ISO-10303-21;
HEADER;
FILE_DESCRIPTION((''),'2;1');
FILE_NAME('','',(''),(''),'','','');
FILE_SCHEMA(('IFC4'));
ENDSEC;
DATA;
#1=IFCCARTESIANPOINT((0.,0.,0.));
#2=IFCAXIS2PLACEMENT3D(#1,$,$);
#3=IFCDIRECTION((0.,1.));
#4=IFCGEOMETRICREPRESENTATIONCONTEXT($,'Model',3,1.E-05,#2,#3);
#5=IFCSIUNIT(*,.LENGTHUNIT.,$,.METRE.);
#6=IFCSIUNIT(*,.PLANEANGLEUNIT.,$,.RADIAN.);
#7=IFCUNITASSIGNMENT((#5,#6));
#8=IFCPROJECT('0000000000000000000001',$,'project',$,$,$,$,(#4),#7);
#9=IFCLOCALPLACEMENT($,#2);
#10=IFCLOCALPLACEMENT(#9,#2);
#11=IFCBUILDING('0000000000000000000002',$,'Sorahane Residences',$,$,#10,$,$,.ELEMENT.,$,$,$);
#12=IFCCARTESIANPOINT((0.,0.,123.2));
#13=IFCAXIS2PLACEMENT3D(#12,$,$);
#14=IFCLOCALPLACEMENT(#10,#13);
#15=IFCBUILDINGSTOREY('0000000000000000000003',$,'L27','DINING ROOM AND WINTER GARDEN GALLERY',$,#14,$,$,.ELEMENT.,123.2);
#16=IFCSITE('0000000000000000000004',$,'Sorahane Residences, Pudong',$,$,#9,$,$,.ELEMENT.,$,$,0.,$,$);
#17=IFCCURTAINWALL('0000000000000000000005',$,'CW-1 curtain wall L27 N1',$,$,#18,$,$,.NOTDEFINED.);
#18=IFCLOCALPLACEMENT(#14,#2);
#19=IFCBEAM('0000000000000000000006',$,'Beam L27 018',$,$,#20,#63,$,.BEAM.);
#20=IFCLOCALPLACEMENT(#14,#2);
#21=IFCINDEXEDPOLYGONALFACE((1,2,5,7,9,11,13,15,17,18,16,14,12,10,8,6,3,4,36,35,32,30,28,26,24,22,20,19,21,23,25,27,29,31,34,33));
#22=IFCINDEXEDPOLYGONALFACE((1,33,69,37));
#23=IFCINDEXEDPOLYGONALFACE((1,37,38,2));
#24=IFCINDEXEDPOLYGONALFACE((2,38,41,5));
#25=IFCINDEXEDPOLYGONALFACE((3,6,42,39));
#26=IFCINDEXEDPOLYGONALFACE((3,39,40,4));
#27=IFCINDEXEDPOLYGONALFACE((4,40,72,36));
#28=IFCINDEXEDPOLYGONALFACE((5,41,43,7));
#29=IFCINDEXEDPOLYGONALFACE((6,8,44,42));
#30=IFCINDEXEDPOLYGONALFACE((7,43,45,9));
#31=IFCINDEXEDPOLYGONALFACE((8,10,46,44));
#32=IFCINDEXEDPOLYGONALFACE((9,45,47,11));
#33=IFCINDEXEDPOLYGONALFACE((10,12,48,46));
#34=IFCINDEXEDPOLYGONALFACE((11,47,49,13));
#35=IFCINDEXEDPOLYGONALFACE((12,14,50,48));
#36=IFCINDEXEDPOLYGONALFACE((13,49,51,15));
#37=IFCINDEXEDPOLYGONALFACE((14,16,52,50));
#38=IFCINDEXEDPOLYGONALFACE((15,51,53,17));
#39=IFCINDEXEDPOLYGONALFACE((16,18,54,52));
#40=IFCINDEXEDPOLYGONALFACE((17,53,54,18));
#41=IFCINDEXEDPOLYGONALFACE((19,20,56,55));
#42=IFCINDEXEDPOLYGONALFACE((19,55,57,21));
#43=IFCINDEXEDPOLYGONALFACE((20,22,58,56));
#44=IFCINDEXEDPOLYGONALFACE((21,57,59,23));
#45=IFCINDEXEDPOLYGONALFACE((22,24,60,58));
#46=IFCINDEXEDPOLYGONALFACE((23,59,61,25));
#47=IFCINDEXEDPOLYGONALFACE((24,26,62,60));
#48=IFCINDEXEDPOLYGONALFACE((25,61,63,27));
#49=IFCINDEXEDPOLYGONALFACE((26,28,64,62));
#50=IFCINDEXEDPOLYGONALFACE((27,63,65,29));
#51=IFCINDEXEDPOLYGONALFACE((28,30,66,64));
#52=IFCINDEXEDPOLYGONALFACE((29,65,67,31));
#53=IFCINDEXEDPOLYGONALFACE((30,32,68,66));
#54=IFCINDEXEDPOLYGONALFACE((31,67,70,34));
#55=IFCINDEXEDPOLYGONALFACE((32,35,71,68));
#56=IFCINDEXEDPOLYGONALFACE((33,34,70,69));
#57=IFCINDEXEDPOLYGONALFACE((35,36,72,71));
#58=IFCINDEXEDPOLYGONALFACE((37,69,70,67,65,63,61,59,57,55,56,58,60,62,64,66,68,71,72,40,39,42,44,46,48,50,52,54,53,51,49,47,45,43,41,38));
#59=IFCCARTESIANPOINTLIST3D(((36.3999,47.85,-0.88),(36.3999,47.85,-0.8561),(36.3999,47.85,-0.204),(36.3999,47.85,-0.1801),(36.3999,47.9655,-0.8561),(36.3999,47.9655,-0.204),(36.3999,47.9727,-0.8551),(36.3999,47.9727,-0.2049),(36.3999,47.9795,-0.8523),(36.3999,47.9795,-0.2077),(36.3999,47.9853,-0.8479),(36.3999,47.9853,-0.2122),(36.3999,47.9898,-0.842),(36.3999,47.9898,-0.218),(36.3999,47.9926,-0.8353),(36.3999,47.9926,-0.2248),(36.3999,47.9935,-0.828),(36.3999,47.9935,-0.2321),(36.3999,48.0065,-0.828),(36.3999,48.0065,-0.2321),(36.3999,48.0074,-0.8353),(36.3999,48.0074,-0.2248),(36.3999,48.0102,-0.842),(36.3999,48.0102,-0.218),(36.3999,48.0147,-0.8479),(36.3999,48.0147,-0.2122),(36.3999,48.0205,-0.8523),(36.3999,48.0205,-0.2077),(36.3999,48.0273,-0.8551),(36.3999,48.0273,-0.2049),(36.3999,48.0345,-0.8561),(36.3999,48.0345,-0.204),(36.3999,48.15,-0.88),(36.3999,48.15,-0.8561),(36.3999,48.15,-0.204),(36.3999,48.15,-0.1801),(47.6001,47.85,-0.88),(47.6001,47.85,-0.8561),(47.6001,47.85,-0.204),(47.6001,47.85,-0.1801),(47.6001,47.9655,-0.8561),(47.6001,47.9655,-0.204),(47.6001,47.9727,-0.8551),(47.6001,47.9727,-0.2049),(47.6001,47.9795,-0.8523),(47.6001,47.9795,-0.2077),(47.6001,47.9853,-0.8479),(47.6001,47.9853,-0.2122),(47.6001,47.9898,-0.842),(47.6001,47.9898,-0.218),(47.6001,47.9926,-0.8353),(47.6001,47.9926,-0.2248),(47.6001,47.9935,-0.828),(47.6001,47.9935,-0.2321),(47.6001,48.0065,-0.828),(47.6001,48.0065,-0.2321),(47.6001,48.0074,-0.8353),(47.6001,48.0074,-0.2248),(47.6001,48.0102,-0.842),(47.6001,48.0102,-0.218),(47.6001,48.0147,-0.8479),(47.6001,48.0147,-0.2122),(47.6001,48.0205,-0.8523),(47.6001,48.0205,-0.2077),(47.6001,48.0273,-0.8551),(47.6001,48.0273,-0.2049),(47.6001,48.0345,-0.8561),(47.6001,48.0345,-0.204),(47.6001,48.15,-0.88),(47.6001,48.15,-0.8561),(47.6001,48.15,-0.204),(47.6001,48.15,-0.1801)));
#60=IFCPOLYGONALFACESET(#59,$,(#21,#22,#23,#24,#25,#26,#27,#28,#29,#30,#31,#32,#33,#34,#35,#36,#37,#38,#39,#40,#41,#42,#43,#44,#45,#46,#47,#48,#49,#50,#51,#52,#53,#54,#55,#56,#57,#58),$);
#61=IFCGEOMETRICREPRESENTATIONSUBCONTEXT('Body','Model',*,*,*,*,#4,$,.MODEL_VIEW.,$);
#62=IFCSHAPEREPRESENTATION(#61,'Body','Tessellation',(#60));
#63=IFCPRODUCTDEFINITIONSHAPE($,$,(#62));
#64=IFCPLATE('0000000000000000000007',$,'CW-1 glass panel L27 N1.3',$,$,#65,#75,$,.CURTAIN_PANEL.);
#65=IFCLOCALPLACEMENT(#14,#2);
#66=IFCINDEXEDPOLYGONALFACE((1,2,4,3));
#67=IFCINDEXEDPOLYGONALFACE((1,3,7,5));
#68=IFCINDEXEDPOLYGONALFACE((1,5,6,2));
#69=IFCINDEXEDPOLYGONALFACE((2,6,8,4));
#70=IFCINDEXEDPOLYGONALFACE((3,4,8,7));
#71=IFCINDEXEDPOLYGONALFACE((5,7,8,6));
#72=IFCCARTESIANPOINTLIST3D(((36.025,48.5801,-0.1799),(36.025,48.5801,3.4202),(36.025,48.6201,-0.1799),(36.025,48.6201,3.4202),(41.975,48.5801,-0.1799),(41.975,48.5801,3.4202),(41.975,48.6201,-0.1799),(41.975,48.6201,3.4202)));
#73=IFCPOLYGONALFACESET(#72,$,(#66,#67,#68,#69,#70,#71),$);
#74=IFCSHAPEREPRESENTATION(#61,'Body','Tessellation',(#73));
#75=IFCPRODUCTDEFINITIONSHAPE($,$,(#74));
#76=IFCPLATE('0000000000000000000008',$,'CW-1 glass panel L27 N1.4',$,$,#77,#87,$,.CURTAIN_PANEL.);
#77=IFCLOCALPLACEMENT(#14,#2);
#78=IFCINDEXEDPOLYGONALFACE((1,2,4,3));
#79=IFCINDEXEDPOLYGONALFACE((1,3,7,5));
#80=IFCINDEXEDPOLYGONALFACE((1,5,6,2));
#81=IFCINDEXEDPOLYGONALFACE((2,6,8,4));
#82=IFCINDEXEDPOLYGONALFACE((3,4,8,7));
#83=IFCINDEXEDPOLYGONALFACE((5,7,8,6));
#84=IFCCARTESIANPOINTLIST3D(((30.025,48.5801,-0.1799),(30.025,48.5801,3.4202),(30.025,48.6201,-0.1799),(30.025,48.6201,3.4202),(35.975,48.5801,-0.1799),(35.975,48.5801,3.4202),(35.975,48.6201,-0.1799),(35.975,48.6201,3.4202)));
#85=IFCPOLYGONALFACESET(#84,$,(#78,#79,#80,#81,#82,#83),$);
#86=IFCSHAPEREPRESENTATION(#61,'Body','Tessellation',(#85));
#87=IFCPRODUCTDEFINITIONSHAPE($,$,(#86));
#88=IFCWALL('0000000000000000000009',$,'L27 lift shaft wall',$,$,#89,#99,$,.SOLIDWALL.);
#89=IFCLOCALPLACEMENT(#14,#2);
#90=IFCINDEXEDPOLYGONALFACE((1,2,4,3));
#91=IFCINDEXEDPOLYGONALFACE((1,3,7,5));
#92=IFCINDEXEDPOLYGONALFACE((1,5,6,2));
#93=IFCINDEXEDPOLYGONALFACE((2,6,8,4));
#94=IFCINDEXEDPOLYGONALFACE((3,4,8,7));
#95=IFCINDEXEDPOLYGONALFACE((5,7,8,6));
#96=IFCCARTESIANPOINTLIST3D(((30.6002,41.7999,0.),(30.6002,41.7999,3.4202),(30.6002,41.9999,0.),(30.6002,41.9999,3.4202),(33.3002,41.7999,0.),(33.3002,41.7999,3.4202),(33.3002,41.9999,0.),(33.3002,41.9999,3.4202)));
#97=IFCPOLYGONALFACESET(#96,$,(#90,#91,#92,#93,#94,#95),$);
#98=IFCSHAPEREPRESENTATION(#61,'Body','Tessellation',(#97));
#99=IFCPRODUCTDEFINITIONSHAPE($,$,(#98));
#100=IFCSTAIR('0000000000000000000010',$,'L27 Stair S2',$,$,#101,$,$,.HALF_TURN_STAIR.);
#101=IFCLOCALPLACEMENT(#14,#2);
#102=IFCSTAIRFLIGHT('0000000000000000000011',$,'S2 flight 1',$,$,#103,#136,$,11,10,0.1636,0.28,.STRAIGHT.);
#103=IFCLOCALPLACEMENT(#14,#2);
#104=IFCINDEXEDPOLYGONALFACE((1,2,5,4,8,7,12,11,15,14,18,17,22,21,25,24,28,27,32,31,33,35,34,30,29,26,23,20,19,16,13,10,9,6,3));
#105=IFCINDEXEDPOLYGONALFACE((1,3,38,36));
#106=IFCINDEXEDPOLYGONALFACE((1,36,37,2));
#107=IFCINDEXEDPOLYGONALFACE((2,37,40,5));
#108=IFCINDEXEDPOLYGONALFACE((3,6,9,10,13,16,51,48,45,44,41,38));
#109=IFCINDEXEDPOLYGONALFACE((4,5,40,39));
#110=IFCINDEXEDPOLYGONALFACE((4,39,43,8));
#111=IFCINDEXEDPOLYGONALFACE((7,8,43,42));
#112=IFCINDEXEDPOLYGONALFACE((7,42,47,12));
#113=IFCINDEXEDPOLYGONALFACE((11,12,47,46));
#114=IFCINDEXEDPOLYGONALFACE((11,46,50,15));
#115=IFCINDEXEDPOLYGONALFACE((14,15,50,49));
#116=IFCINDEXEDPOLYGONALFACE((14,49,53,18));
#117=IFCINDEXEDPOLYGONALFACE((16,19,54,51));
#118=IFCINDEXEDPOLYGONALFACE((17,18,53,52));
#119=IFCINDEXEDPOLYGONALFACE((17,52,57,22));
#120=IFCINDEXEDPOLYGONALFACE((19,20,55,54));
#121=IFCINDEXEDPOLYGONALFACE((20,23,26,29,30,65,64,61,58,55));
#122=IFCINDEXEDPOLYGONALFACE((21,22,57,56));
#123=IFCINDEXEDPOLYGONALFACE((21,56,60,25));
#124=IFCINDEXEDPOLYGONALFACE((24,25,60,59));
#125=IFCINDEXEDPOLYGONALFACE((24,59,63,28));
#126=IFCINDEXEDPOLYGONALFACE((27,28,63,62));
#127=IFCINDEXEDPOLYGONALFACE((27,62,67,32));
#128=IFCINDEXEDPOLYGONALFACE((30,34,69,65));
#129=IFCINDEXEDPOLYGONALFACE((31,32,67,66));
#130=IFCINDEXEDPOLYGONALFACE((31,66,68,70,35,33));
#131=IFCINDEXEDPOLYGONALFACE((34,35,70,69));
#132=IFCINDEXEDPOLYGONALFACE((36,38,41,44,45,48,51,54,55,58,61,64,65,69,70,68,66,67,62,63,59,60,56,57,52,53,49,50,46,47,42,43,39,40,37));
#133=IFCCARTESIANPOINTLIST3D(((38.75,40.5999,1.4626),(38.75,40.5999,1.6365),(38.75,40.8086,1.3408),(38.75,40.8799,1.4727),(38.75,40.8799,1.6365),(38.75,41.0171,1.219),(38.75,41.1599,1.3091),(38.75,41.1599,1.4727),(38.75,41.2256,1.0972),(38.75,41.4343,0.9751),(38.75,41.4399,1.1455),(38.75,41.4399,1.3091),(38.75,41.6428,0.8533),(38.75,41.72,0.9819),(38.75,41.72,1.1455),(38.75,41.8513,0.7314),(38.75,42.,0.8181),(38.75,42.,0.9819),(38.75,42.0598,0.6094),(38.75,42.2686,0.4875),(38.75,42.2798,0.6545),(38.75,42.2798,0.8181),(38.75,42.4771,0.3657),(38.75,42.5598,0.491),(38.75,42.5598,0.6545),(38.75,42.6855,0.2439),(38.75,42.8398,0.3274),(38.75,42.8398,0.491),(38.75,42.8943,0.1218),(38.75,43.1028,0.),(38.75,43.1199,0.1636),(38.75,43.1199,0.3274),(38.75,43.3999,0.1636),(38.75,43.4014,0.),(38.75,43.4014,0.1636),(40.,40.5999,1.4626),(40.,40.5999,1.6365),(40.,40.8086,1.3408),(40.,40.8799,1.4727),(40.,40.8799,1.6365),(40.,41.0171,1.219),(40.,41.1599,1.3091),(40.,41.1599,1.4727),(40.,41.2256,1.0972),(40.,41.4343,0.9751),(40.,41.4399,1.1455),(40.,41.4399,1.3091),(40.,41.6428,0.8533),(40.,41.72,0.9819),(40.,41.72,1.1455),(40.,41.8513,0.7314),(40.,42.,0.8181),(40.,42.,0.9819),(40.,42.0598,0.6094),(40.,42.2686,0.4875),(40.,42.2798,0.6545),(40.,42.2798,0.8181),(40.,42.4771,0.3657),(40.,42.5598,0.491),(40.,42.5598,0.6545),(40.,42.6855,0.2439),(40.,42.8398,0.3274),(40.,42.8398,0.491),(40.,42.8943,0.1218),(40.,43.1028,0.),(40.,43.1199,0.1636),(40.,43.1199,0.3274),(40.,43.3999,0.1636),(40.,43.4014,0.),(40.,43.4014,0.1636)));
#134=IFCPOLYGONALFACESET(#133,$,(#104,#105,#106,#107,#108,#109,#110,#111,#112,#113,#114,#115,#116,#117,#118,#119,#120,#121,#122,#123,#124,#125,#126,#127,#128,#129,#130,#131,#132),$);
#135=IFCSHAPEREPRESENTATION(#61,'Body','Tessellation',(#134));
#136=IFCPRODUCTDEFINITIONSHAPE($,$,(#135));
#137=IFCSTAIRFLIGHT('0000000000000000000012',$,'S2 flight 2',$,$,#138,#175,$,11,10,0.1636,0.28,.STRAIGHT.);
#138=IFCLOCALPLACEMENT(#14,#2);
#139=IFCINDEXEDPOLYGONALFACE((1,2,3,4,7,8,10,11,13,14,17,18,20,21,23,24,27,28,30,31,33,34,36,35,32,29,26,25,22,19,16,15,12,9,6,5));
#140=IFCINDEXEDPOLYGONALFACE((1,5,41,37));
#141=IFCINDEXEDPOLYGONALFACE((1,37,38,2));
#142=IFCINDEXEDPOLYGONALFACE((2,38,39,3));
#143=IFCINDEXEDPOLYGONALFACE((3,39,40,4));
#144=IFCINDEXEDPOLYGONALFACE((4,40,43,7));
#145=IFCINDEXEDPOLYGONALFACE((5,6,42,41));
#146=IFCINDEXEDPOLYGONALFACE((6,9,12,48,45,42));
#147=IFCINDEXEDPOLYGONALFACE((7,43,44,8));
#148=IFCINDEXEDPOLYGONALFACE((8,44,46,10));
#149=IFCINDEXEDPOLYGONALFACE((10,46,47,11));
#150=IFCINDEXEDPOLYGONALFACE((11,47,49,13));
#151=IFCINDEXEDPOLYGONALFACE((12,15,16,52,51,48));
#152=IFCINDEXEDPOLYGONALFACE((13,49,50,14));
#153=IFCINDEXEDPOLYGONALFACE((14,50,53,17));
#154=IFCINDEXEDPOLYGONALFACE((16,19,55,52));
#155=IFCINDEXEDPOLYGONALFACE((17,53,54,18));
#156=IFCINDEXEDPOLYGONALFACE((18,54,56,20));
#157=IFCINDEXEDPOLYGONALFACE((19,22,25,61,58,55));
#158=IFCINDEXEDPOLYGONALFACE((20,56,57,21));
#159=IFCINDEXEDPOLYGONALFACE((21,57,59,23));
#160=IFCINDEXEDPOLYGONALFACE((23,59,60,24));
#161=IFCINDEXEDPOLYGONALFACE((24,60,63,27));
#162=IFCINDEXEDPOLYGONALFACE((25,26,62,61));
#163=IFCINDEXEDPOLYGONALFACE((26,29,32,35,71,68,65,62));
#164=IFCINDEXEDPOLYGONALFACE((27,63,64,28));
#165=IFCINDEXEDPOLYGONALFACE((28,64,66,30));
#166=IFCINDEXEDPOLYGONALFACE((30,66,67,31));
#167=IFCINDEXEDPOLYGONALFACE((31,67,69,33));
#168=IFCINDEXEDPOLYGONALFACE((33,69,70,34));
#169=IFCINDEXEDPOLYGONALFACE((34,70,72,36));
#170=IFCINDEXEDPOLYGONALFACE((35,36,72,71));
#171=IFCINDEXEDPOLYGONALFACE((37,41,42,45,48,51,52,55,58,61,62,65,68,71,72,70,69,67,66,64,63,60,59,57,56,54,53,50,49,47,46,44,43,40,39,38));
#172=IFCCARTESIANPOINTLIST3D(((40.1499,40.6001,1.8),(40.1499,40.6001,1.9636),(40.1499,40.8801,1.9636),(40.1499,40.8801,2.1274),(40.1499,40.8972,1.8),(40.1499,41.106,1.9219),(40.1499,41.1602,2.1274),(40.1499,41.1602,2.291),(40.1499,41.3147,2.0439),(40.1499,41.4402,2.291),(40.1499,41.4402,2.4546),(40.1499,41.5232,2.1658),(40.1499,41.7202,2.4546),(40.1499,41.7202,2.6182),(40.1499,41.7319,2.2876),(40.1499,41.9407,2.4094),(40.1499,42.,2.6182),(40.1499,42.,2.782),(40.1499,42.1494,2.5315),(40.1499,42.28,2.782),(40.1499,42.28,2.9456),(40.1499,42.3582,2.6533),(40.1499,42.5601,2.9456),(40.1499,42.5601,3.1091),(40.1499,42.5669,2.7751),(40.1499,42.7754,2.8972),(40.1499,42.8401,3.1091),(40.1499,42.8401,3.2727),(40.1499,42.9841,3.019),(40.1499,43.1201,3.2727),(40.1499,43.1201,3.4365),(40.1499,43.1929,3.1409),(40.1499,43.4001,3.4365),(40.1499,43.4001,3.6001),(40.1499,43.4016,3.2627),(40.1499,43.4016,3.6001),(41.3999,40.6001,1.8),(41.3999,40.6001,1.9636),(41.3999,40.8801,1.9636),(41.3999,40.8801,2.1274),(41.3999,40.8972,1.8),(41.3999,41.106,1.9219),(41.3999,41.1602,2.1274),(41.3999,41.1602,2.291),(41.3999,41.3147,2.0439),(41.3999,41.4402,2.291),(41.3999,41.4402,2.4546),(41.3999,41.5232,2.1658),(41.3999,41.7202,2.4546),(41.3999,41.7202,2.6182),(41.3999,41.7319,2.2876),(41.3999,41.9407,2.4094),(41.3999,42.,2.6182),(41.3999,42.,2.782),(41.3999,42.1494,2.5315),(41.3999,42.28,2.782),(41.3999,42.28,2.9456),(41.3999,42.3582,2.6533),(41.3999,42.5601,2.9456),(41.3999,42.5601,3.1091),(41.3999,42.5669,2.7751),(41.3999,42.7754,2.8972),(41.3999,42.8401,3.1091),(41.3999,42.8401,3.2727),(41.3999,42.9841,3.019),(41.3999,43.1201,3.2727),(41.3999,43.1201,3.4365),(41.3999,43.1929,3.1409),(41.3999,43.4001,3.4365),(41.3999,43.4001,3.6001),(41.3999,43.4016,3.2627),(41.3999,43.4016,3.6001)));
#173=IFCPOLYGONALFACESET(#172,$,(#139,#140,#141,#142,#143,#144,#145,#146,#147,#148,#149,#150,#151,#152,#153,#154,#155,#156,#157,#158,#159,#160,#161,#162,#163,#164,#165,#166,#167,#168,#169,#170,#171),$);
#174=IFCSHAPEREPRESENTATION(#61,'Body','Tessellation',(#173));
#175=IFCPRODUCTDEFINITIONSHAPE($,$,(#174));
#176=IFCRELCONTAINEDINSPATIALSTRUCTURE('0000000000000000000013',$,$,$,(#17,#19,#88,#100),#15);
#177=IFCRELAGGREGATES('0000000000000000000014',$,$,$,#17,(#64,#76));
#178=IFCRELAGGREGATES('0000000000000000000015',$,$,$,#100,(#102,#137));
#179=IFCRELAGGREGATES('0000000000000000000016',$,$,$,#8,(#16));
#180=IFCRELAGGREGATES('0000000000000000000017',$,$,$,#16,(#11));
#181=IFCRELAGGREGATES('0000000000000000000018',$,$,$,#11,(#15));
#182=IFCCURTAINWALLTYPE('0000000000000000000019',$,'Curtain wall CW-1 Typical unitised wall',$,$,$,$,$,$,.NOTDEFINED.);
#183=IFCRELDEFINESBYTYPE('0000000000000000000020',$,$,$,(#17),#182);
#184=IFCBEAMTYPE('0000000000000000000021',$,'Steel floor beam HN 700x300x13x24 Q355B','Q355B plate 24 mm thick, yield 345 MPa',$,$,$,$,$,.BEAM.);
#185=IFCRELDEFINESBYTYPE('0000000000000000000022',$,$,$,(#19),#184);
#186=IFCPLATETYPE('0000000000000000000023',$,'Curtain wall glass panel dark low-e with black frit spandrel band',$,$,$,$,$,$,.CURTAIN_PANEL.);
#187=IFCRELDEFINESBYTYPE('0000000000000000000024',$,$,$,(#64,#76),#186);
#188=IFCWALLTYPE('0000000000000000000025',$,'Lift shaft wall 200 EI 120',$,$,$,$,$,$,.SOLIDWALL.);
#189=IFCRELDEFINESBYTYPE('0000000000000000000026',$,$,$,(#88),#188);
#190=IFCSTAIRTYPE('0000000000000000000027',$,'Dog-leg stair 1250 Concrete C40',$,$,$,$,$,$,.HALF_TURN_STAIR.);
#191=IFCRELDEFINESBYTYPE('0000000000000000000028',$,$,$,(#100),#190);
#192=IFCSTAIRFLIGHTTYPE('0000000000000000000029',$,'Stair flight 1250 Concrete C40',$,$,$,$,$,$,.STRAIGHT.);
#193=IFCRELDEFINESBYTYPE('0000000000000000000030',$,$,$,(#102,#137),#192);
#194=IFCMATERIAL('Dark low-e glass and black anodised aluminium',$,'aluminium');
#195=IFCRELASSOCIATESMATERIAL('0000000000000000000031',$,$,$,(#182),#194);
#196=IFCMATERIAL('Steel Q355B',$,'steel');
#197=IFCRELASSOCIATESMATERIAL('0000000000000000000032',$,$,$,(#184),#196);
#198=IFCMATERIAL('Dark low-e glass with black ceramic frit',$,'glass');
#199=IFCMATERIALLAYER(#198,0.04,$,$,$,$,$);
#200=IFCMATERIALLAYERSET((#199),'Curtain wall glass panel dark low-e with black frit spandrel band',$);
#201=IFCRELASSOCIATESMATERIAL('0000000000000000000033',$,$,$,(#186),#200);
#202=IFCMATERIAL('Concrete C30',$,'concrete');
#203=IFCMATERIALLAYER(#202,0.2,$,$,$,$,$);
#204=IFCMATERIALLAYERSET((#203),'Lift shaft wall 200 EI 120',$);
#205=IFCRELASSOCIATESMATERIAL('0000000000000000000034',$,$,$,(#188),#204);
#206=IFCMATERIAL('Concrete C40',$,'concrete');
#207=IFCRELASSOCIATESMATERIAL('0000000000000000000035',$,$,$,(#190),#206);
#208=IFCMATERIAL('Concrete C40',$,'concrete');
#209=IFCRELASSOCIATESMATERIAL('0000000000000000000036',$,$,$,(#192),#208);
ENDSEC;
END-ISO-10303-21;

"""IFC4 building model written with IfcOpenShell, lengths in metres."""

from ifc_helpers import new_model, si_unit, direction, frame, frame_2d, origin, origin_2d, place, context, subcontext, project, spatial, polyline, rectangle, i_section, outline, extrude, material, layer, layer_set, material_profile, profile_set, type_object, element, aggregate, save


model = new_model("IFC4")

# Units and contexts
model_context = context("Model", 3, precision=1e-05, world=origin(), true_north=direction((0.0, 1.0)))
body_context = subcontext(model_context, "Body", "Model", "MODEL_VIEW")
ifc_project = project(units=[si_unit("LENGTHUNIT", "METRE"), si_unit("PLANEANGLEUNIT", "RADIAN")], contexts=[model_context])

# Site, building, storey
site_placement = place(None, origin())
site = spatial("IfcSite", under=ifc_project, at=site_placement, Name="Sorahane Residences, Pudong", CompositionType="ELEMENT", RefElevation=0.0)
building_placement = place(site_placement, origin())
building = spatial("IfcBuilding", under=site, at=building_placement, Name="Sorahane Residences", CompositionType="ELEMENT")
storey_placement = place(building_placement, frame((0.0, 0.0, 123.2)))
storey = spatial("IfcBuildingStorey", under=building, at=storey_placement, Name="L27", Description="DINING ROOM AND WINTER GARDEN GALLERY", CompositionType="ELEMENT", Elevation=123.2)

# Curtain wall
ifc_material_1 = material(Name="Dark low-e glass and black anodised aluminium", Category="aluminium")
curtain_wall_type = type_object("IfcCurtainWallType", Name="Curtain wall CW-1 Typical unitised wall", PredefinedType="NOTDEFINED", material=ifc_material_1)
curtain_wall_placement = place(storey_placement, origin())
curtain_wall = element("IfcCurtainWall", 1, at=curtain_wall_placement, inside=storey, type_object=curtain_wall_type, Name="CW-1 curtain wall L27 N1", PredefinedType="NOTDEFINED")

# Beam
ifc_material_2 = material(Name="Steel Q355B", Category="steel")
ifc_material_profile_1 = material_profile(ifc_material_2, i_section(OverallWidth=0.3, OverallDepth=0.7, WebThickness=0.0129, FlangeThickness=0.0239, FilletRadius=0.0281, at=origin_2d()), Name="HN 700x300x13x24")
ifc_profile_set_1 = profile_set([ifc_material_profile_1], Name="Steel Q355B")
beam_type_1 = type_object("IfcBeamType", Name="Steel floor beam HN 700x300x13x24 Q355B", Description="Q355B plate 24 mm thick, yield 345 MPa", PredefinedType="BEAM", material=ifc_profile_set_1)
beam_1_placement = place(storey_placement, frame((36.3999, 48.0, -0.53), z_axis=(1.0, 0.0, 0.0), x_axis=(0.0, 1.0, 0.0)))
element("IfcBeam", 2, at=beam_1_placement, inside=storey, type_object=beam_type_1, Name="Beam L27 018", PredefinedType="BEAM", context=body_context, shape_type="SweptSolid", body=[
    extrude(i_section(OverallWidth=0.3, OverallDepth=0.7, WebThickness=0.0129, FlangeThickness=0.0239, FilletRadius=0.0281, at=origin_2d()), origin(), (0.0, 0.0, 1.0), 11.2002),
])

# Plates
ifc_material_3 = material(Name="Dark low-e glass with black ceramic frit", Category="glass")
ifc_layer_1 = layer(ifc_material_3, 0.04)
ifc_layer_set_1 = layer_set([ifc_layer_1], Name="Curtain wall glass panel dark low-e with black frit spandrel band")
plate_type = type_object("IfcPlateType", Name="Curtain wall glass panel dark low-e with black frit spandrel band", PredefinedType="CURTAIN_PANEL", material=ifc_layer_set_1)
plate_1_placement = place(storey_placement, frame((39.0, 48.6001, -0.1799), z_axis=(0.0, 0.0, 1.0), x_axis=(-1.0, 0.0, 0.0)))
plate_1 = element("IfcPlate", 3, at=plate_1_placement, type_object=plate_type, Name="CW-1 glass panel L27 N1.3", PredefinedType="CURTAIN_PANEL", context=body_context, shape_type="SweptSolid", body=[
    extrude(rectangle(XDim=5.95, YDim=0.04, at=origin_2d()), origin(), (0.0, 0.0, 1.0), 3.6001),
])
plate_2_placement = place(storey_placement, frame((33.0, 48.6001, -0.1799), z_axis=(0.0, 0.0, 1.0), x_axis=(-1.0, 0.0, 0.0)))
plate_2 = element("IfcPlate", 4, at=plate_2_placement, type_object=plate_type, Name="CW-1 glass panel L27 N1.4", PredefinedType="CURTAIN_PANEL", context=body_context, shape_type="SweptSolid", body=[
    extrude(rectangle(XDim=5.95, YDim=0.04, at=origin_2d()), origin(), (0.0, 0.0, 1.0), 3.6001),
])
aggregate(curtain_wall, [plate_1, plate_2])

# Wall
ifc_material_4 = material(Name="Concrete C30", Category="concrete")
ifc_layer_2 = layer(ifc_material_4, 0.2)
ifc_layer_set_2 = layer_set([ifc_layer_2], Name="Lift shaft wall 200 EI 120")
wall_type = type_object("IfcWallType", Name="Lift shaft wall 200 EI 120", PredefinedType="SOLIDWALL", material=ifc_layer_set_2)
wall_placement = place(storey_placement, frame((30.6001, 41.8999, 0.0), z_axis=(0.0, 0.0, 1.0), x_axis=(1.0, 0.0, 0.0)))
element("IfcWall", 5, at=wall_placement, inside=storey, type_object=wall_type, Name="L27 lift shaft wall", PredefinedType="SOLIDWALL", context=body_context, shape_type="SweptSolid", body=[
    extrude(rectangle(XDim=2.7, YDim=0.2, at=frame_2d((1.3501, 0.0))), origin(), (0.0, 0.0, 1.0), 3.4202),
])

# Stair, stair flights
ifc_material_5 = material(Name="Concrete C40", Category="concrete")
stair_type = type_object("IfcStairType", Name="Dog-leg stair 1250 Concrete C40", PredefinedType="HALF_TURN_STAIR", material=ifc_material_5)
stair_placement = place(storey_placement, origin())
stair = element("IfcStair", 6, at=stair_placement, inside=storey, type_object=stair_type, Name="L27 Stair S2", PredefinedType="HALF_TURN_STAIR")
ifc_material_6 = material(Name="Concrete C40", Category="concrete")
stair_flight_type = type_object("IfcStairFlightType", Name="Stair flight 1250 Concrete C40", PredefinedType="STRAIGHT", material=ifc_material_6)
stair_flight_1_placement = place(storey_placement, frame((39.375, 43.3999, 0.0), z_axis=(0.0, 0.0, 1.0), x_axis=(0.0, -1.0, 0.0)))
stair_flight_1 = element("IfcStairFlight", 7, at=stair_flight_1_placement, type_object=stair_flight_type, Name="S2 flight 1", NumberOfRisers=11, NumberOfTreads=10, PredefinedType="STRAIGHT", RiserHeight=0.1636, TreadLength=0.28, context=body_context, shape_type="SweptSolid", body=[
    extrude(outline(polyline([(-0.0015, 0.0), (-0.0015, 0.1636), (0.0, 0.1636), (0.28, 0.1636), (0.28, 0.3274), (0.5601, 0.3274), (0.5601, 0.491), (0.8401, 0.491), (0.8401, 0.6545), (1.1201, 0.6545), (1.1201, 0.8181), (1.3999, 0.8181), (1.3999, 0.9819), (1.6799, 0.9819), (1.6799, 1.1455), (1.96, 1.1455), (1.96, 1.3091), (2.24, 1.3091), (2.24, 1.4727), (2.52, 1.4727), (2.52, 1.6365), (2.8, 1.6365), (2.8, 1.8), (2.8, 1.4626), (2.5913, 1.3408), (2.3828, 1.219), (2.1743, 1.0972), (1.9656, 0.9751), (1.7571, 0.8533), (1.5486, 0.7314), (1.3401, 0.6094), (1.1313, 0.4875), (0.9229, 0.3657), (0.7144, 0.2439), (0.5056, 0.1218), (0.2971, 0.0), (-0.0015, 0.0)])), frame((0.0, 0.625, 0.0), z_axis=(0.0, -1.0, 0.0), x_axis=(1.0, 0.0, 0.0)), (0.0, 0.0, 1.0), 1.25),
])
stair_flight_2_placement = place(storey_placement, frame((40.7749, 40.6001, 1.8), z_axis=(0.0, 0.0, 1.0), x_axis=(0.0, 1.0, 0.0)))
stair_flight_2 = element("IfcStairFlight", 8, at=stair_flight_2_placement, type_object=stair_flight_type, Name="S2 flight 2", NumberOfRisers=11, NumberOfTreads=10, PredefinedType="STRAIGHT", RiserHeight=0.1636, TreadLength=0.28, context=body_context, shape_type="SweptSolid", body=[
    extrude(outline(polyline([(0.0, 0.0), (0.0, 0.1636), (0.28, 0.1636), (0.28, 0.3274), (0.5601, 0.3274), (0.5601, 0.491), (0.8401, 0.491), (0.8401, 0.6545), (1.1201, 0.6545), (1.1201, 0.8181), (1.3999, 0.8181), (1.3999, 0.9819), (1.6799, 0.9819), (1.6799, 1.1455), (1.96, 1.1455), (1.96, 1.3091), (2.24, 1.3091), (2.24, 1.4727), (2.52, 1.4727), (2.52, 1.6365), (2.8, 1.6365), (2.8, 1.8), (2.8015, 1.8), (2.8015, 1.4626), (2.5928, 1.3408), (2.384, 1.219), (2.1753, 1.0972), (1.9668, 0.9751), (1.7581, 0.8533), (1.5493, 0.7314), (1.3406, 0.6094), (1.1318, 0.4875), (0.9231, 0.3657), (0.7146, 0.2439), (0.5059, 0.1218), (0.2971, 0.0), (0.0, 0.0)])), frame((0.0, 0.625, 0.0), z_axis=(0.0, -1.0, 0.0), x_axis=(1.0, 0.0, 0.0)), (0.0, 0.0, 1.0), 1.25),
])
aggregate(stair, [stair_flight_1, stair_flight_2])

save(model, "model.ifc")
